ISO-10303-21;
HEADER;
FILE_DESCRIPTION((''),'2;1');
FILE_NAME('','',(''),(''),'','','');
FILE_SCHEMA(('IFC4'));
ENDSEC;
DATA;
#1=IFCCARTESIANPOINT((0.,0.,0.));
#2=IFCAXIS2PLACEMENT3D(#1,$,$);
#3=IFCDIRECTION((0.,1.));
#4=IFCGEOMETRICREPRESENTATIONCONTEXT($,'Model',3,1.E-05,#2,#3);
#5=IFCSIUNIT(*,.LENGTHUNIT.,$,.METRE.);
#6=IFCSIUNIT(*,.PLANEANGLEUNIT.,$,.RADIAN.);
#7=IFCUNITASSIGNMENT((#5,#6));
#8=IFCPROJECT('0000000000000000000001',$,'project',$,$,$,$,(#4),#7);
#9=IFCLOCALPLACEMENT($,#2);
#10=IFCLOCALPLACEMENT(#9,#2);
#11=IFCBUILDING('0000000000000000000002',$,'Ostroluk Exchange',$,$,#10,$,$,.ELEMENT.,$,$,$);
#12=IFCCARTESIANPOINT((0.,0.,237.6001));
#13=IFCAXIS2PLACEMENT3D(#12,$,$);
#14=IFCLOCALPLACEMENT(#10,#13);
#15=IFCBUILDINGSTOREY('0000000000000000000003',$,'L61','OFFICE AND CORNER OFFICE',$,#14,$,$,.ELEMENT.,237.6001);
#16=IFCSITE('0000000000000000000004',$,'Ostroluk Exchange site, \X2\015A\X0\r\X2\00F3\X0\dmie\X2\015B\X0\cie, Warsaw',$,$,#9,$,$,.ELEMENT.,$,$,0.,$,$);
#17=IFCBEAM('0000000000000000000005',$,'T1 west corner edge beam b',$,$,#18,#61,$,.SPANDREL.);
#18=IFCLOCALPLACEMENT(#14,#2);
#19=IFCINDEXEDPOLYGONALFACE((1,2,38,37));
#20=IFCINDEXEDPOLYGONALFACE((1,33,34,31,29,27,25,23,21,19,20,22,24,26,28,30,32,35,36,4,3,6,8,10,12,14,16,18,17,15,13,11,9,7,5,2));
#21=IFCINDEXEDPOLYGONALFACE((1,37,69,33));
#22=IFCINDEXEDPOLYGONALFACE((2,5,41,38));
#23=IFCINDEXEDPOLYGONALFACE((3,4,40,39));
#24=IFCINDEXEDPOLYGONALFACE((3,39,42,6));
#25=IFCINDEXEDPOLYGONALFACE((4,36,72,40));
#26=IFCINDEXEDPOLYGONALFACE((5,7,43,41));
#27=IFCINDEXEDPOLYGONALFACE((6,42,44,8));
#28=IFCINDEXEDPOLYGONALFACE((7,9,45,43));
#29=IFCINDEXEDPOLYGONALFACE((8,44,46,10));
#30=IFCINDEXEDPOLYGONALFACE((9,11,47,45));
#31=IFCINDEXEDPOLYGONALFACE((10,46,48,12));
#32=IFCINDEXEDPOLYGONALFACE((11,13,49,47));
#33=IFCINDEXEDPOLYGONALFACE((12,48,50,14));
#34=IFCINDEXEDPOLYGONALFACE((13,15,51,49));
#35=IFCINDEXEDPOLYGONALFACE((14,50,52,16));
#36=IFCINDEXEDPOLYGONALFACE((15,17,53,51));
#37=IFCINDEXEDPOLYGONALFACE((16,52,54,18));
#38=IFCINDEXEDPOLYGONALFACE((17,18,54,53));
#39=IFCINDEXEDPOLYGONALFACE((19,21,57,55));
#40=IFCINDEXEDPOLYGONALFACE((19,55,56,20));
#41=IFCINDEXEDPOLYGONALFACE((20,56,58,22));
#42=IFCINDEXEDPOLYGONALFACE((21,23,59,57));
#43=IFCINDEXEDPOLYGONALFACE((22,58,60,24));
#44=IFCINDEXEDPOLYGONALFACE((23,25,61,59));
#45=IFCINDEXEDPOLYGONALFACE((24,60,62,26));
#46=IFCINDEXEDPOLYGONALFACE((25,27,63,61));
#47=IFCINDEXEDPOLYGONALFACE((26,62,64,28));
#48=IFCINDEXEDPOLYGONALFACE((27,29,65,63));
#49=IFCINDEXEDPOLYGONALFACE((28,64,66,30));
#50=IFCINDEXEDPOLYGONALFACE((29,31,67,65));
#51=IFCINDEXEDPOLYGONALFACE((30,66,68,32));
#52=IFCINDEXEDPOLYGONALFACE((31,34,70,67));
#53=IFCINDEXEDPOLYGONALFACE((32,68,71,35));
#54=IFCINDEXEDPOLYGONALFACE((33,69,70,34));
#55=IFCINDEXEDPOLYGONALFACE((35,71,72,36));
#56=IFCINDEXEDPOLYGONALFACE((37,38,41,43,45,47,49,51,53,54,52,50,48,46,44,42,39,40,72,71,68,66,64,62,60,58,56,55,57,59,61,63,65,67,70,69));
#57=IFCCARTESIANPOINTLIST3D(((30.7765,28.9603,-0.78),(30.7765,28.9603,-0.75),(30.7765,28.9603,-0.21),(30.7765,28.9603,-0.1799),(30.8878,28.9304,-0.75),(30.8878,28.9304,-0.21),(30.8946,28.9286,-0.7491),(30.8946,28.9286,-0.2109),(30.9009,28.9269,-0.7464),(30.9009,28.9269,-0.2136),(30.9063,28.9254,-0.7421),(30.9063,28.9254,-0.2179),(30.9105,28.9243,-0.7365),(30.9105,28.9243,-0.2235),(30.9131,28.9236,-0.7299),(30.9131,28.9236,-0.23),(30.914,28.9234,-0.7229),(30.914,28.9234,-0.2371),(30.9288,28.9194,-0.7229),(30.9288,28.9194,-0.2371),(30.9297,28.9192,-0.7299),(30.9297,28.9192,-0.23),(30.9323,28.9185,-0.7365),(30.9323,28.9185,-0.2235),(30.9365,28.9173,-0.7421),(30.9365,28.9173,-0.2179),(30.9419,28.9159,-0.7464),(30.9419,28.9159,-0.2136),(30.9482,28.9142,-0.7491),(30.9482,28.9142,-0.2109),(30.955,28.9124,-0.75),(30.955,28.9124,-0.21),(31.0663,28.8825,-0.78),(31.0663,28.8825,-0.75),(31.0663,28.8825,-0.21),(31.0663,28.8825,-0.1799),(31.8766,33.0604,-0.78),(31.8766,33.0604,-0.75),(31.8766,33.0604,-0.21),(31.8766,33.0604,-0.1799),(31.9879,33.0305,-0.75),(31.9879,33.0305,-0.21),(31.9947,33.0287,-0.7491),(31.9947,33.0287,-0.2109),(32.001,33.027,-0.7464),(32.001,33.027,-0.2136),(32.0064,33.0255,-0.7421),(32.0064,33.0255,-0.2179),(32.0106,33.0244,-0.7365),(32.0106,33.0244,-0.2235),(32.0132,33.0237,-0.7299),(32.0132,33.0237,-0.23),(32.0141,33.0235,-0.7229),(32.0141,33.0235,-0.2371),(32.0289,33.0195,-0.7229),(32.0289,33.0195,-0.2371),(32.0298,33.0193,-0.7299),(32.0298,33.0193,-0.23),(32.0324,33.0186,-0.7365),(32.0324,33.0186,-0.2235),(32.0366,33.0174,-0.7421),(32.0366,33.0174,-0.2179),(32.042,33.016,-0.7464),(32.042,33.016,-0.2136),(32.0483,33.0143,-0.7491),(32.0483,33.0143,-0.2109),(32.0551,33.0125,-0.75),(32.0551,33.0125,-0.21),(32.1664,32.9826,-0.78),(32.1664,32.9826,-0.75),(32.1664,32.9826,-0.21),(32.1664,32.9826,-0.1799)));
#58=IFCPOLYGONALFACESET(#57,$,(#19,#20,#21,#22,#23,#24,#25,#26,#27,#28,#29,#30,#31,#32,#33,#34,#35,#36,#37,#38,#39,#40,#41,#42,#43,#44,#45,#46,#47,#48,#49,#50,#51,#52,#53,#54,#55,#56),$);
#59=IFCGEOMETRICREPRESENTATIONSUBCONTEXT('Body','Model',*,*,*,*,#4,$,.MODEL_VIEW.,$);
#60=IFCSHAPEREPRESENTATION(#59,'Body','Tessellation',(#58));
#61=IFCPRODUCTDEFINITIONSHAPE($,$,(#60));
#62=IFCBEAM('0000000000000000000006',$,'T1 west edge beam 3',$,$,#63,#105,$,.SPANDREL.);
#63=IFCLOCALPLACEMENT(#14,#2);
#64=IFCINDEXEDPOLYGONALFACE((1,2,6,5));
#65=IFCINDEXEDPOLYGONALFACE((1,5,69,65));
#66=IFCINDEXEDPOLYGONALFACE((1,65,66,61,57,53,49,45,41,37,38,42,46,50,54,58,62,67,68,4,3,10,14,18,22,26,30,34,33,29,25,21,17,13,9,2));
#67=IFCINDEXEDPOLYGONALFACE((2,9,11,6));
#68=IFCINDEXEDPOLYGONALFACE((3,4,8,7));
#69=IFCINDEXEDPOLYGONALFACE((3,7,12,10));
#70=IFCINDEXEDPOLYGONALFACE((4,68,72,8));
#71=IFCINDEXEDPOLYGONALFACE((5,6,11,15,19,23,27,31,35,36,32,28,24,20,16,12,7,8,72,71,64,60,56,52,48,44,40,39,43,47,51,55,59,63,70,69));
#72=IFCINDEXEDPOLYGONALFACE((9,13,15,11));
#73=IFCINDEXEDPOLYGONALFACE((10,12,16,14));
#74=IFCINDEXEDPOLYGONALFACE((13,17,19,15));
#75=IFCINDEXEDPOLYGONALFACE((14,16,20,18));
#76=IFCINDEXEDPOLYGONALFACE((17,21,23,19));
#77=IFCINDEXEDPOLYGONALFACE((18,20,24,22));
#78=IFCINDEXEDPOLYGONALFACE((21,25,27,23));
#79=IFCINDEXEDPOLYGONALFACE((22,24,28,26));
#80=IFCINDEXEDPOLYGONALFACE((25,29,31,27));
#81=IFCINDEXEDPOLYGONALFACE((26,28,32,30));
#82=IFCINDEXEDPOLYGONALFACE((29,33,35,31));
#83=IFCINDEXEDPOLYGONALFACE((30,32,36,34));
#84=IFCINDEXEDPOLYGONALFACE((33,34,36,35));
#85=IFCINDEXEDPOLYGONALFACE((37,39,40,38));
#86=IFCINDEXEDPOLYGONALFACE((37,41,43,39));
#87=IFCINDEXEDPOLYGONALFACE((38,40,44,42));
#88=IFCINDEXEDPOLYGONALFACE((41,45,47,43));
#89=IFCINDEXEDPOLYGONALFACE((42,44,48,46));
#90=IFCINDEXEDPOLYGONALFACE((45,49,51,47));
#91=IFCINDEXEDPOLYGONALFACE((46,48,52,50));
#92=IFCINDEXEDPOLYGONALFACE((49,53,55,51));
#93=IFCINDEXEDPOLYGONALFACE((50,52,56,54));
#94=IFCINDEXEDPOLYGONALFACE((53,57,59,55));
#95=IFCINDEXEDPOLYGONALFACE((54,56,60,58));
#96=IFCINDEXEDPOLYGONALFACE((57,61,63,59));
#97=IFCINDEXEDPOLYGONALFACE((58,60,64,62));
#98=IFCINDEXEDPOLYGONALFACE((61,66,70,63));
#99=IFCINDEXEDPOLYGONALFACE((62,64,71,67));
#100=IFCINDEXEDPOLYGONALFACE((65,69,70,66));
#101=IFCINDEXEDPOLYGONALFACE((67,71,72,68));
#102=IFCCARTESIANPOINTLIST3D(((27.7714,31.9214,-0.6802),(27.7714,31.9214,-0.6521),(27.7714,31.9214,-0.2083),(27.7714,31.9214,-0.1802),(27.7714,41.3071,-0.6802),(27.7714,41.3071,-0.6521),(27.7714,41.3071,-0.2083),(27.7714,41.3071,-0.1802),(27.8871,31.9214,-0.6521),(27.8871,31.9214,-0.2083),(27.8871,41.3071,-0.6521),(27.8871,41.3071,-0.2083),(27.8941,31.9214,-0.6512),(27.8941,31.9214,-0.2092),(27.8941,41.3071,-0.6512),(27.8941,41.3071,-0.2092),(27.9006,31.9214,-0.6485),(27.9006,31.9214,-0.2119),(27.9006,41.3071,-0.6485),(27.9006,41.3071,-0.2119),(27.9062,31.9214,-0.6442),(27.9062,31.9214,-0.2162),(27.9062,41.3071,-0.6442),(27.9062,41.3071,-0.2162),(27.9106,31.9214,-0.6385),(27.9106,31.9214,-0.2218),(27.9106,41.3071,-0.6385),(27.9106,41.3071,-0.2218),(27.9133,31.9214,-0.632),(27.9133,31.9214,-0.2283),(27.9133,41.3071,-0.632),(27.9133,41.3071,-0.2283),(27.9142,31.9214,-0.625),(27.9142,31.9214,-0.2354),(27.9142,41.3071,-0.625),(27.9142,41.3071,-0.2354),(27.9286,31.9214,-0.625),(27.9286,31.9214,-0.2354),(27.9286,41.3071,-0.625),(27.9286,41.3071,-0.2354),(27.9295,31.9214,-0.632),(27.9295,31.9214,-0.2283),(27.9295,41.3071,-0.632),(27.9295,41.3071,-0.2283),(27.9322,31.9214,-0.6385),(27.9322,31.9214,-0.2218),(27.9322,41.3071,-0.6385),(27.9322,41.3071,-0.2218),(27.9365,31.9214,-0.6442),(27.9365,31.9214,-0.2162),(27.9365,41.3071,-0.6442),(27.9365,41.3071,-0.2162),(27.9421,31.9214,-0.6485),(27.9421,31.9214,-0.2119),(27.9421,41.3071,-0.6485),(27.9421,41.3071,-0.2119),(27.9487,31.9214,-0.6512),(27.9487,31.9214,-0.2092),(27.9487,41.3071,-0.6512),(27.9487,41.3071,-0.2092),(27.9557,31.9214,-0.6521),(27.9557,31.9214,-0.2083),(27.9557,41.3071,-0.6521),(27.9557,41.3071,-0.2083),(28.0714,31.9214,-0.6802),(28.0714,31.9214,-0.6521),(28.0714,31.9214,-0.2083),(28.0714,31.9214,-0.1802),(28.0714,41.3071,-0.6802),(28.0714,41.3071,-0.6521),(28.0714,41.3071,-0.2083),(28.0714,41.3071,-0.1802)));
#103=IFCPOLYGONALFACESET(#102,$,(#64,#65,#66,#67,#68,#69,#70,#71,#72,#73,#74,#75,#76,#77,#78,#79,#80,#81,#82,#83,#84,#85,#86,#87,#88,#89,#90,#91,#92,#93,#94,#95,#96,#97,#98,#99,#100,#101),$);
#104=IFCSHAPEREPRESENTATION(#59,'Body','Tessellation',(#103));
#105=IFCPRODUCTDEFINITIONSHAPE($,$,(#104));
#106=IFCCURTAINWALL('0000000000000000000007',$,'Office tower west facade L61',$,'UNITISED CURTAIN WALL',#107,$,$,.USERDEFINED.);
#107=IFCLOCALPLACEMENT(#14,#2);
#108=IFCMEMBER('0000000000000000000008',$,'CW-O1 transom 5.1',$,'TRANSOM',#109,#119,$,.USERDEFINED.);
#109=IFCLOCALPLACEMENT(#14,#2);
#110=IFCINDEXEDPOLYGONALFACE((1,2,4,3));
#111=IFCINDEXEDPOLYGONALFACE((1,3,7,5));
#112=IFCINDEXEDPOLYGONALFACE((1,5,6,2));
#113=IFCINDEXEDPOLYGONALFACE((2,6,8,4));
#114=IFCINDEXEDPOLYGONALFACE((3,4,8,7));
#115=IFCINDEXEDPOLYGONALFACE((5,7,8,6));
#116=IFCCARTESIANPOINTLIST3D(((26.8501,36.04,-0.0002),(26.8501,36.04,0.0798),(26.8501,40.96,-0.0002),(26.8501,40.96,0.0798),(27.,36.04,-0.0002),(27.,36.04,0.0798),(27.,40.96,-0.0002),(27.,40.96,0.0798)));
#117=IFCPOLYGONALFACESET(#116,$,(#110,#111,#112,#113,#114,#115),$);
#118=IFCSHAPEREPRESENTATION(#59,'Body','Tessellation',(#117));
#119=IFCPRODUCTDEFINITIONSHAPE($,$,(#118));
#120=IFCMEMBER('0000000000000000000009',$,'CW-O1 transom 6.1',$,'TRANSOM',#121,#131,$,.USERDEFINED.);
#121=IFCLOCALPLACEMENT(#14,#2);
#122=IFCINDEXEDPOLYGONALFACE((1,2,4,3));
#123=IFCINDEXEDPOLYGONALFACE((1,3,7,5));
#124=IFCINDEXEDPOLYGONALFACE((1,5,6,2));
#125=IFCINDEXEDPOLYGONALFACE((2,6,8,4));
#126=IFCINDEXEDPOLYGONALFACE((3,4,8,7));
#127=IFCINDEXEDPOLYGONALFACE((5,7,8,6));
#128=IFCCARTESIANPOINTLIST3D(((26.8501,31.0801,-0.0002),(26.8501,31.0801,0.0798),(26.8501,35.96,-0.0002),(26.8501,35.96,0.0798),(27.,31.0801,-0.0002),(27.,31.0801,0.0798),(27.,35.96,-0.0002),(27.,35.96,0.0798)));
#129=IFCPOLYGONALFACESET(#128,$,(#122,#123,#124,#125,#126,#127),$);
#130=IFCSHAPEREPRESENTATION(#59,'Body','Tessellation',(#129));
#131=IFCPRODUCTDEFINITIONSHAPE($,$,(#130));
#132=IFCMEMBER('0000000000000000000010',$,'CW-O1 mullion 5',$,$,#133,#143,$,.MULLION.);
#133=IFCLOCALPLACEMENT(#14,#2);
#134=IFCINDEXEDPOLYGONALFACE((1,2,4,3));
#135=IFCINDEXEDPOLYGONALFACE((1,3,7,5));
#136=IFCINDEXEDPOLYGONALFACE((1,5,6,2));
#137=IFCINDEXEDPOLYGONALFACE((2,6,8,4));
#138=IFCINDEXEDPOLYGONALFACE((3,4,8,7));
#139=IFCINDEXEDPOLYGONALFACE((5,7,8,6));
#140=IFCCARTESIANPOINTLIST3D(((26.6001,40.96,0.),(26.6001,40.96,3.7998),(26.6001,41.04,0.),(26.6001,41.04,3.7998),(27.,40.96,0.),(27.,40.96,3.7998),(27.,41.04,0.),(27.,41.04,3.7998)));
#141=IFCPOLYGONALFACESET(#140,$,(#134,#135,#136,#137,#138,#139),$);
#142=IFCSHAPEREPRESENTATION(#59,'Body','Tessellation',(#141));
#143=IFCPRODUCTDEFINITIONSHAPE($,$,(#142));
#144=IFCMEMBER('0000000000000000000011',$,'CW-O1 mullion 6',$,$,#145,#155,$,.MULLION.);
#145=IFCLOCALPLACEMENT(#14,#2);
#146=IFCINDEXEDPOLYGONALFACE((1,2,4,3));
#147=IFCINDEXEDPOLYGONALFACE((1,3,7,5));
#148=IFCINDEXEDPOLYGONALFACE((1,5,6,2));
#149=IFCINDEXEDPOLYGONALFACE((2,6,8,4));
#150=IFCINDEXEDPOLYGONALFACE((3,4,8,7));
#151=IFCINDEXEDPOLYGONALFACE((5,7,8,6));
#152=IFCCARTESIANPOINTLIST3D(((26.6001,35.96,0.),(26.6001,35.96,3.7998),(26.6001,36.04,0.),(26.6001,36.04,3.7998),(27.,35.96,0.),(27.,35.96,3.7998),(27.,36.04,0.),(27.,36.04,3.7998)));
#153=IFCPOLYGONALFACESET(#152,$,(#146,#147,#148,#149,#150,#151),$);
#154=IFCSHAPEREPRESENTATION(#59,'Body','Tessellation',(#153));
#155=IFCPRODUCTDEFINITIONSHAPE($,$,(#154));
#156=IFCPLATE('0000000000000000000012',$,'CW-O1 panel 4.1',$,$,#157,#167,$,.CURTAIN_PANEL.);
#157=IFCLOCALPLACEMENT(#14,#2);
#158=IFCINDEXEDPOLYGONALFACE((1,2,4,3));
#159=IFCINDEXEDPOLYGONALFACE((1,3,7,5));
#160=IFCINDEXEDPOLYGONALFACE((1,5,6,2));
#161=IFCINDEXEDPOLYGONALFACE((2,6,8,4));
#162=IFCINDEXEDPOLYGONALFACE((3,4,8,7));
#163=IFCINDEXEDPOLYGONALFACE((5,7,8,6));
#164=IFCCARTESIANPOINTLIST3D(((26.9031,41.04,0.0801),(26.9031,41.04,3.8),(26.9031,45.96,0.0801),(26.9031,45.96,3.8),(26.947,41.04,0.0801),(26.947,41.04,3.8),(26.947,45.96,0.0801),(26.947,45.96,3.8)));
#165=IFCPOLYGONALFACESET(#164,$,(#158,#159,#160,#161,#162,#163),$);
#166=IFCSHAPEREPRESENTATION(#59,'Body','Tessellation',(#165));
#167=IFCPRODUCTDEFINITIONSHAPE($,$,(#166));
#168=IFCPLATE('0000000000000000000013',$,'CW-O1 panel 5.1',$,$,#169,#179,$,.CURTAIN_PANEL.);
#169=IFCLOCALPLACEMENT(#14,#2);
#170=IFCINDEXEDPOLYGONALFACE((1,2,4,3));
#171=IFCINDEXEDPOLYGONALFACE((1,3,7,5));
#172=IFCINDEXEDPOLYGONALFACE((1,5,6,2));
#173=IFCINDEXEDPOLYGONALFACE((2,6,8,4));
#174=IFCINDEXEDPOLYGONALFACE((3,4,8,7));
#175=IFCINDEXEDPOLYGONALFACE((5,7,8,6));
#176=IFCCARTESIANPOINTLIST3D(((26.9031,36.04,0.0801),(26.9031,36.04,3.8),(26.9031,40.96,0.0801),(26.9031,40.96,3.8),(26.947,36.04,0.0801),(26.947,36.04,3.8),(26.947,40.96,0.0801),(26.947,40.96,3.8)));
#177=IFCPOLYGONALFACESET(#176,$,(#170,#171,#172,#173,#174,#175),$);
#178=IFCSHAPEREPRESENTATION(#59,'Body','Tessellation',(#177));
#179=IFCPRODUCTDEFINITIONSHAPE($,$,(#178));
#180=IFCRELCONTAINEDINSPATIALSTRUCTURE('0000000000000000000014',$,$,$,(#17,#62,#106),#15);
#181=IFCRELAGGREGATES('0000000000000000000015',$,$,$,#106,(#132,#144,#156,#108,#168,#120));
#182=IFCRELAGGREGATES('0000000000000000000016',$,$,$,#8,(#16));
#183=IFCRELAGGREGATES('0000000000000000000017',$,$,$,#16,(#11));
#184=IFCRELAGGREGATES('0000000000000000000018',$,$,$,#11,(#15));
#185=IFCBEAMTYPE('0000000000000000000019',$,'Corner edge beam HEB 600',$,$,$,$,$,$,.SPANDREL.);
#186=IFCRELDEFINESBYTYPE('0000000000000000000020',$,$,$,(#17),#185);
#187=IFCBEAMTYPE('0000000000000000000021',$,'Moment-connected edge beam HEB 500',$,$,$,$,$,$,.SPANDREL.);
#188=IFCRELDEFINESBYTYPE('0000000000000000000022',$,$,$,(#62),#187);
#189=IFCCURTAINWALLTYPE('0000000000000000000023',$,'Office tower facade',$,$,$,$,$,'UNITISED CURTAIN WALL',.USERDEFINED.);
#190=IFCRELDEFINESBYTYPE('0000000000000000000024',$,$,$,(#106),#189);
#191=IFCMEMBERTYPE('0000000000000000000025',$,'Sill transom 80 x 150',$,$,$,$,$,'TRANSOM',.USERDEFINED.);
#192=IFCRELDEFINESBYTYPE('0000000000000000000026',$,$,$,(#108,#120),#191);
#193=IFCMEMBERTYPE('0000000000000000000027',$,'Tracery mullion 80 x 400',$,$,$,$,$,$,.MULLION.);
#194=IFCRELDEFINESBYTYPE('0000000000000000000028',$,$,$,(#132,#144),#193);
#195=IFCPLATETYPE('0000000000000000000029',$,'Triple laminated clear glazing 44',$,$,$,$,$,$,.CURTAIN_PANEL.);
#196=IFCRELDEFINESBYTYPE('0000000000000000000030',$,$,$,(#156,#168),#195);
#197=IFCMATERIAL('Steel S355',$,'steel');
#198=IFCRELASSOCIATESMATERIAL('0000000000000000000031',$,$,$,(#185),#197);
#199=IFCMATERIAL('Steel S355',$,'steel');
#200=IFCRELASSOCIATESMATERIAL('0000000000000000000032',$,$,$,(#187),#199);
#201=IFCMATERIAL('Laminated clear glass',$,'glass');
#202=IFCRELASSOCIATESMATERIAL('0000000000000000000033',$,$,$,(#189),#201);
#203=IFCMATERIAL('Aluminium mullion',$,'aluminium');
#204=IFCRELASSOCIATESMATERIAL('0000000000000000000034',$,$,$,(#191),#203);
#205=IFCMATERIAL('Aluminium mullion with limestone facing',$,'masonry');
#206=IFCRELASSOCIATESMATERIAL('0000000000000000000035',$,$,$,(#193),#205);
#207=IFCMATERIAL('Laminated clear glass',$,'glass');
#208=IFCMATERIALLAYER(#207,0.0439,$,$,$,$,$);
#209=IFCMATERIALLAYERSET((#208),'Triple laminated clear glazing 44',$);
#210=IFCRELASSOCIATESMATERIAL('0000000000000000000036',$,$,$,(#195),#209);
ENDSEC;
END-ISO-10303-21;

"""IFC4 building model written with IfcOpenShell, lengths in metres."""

from ifc_helpers import new_model, si_unit, direction, frame, origin, origin_2d, place, context, subcontext, project, spatial, rectangle, i_section, extrude, material, layer, layer_set, material_profile, profile_set, type_object, element, aggregate, save


model = new_model("IFC4")

# Units and contexts
model_context = context("Model", 3, precision=1e-05, world=origin(), true_north=direction((0.0, 1.0)))
body_context = subcontext(model_context, "Body", "Model", "MODEL_VIEW")
ifc_project = project(units=[si_unit("LENGTHUNIT", "METRE"), si_unit("PLANEANGLEUNIT", "RADIAN")], contexts=[model_context])

# Site, building, storey
site_placement = place(None, origin())
site = spatial("IfcSite", under=ifc_project, at=site_placement, Name="Ostroluk Exchange site, Śródmieście, Warsaw", CompositionType="ELEMENT", RefElevation=0.0)
building_placement = place(site_placement, origin())
building = spatial("IfcBuilding", under=site, at=building_placement, Name="Ostroluk Exchange", CompositionType="ELEMENT")
storey_placement = place(building_placement, frame((0.0, 0.0, 237.6001)))
storey = spatial("IfcBuildingStorey", under=building, at=storey_placement, Name="L61", Description="OFFICE AND CORNER OFFICE", CompositionType="ELEMENT", Elevation=237.6001)

# Beams
ifc_material_1 = material(Name="Steel S355", Category="steel")
ifc_material_profile_1 = material_profile(ifc_material_1, i_section(OverallWidth=0.3, OverallDepth=0.6001, WebThickness=0.0154, FlangeThickness=0.03, FilletRadius=0.0271, at=origin_2d()), Name="HEB 600")
ifc_profile_set_1 = profile_set([ifc_material_profile_1], Name="Steel S355")
beam_type_1 = type_object("IfcBeamType", Name="Corner edge beam HEB 600", PredefinedType="SPANDREL", material=ifc_profile_set_1)
for number, where, z_axis, x_axis, name in (
    (1, (32.0215, 33.0215, -0.48), (-0.259144, -0.965839, 0.0), (0.965839, -0.259144, 0.0), "T1 west corner edge beam b"),
):
    element("IfcBeam", number, at=place(storey_placement, frame(where, z_axis=z_axis, x_axis=x_axis)), inside=storey, type_object=beam_type_1, Name=name, PredefinedType="SPANDREL", context=body_context, shape_type="SweptSolid", body=[
        extrude(i_section(OverallWidth=0.3, OverallDepth=0.6001, WebThickness=0.0154, FlangeThickness=0.03, FilletRadius=0.0271, at=origin_2d()), origin(), (0.0, 0.0, 1.0), 4.2451),
    ])
ifc_material_2 = material(Name="Steel S355", Category="steel")
ifc_material_profile_2 = material_profile(ifc_material_2, i_section(OverallWidth=0.3, OverallDepth=0.5, WebThickness=0.0144, FlangeThickness=0.0281, FilletRadius=0.0271, at=origin_2d()), Name="HEB 500")
ifc_profile_set_2 = profile_set([ifc_material_profile_2], Name="Steel S355")
beam_type_2 = type_object("IfcBeamType", Name="Moment-connected edge beam HEB 500", PredefinedType="SPANDREL", material=ifc_profile_set_2)
beam_1_placement = place(storey_placement, frame((27.9214, 41.3071, -0.4302), z_axis=(0.0, -1.0, 0.0), x_axis=(1.0, 0.0, 0.0)))
element("IfcBeam", 2, at=beam_1_placement, inside=storey, type_object=beam_type_2, Name="T1 west edge beam 3", PredefinedType="SPANDREL", context=body_context, shape_type="SweptSolid", body=[
    extrude(i_section(OverallWidth=0.3, OverallDepth=0.5, WebThickness=0.0144, FlangeThickness=0.0281, FilletRadius=0.0271, at=origin_2d()), origin(), (0.0, 0.0, 1.0), 9.3857),
])

# Curtain wall, members, plates
ifc_material_3 = material(Name="Laminated clear glass", Category="glass")
curtain_wall_type = type_object("IfcCurtainWallType", Name="Office tower facade", ElementType="UNITISED CURTAIN WALL", PredefinedType="USERDEFINED", material=ifc_material_3)
curtain_wall_placement = place(storey_placement, origin())
curtain_wall = element("IfcCurtainWall", 3, at=curtain_wall_placement, inside=storey, type_object=curtain_wall_type, Name="Office tower west facade L61", ObjectType="UNITISED CURTAIN WALL", PredefinedType="USERDEFINED")
ifc_material_4 = material(Name="Aluminium mullion", Category="aluminium")
ifc_material_profile_3 = material_profile(ifc_material_4, rectangle(XDim=0.1499, YDim=0.0801, at=origin_2d()), Name="Sill transom 80 x 150")
ifc_profile_set_3 = profile_set([ifc_material_profile_3], Name="Aluminium mullion")
member_type_1 = type_object("IfcMemberType", Name="Sill transom 80 x 150", ElementType="TRANSOM", PredefinedType="USERDEFINED", material=ifc_profile_set_3)
member_1_placement = place(storey_placement, frame((26.925, 40.96, 0.0398), z_axis=(0.0, -1.0, 0.0), x_axis=(1.0, 0.0, 0.0)))
member_1 = element("IfcMember", 4, at=member_1_placement, type_object=member_type_1, Name="CW-O1 transom 5.1", ObjectType="TRANSOM", PredefinedType="USERDEFINED", context=body_context, shape_type="SweptSolid", body=[
    extrude(rectangle(XDim=0.1499, YDim=0.0801, at=origin_2d()), origin(), (0.0, 0.0, 1.0), 4.9199),
])
member_2_placement = place(storey_placement, frame((26.925, 35.96, 0.0398), z_axis=(0.0, -1.0, 0.0), x_axis=(1.0, 0.0, 0.0)))
member_2 = element("IfcMember", 5, at=member_2_placement, type_object=member_type_1, Name="CW-O1 transom 6.1", ObjectType="TRANSOM", PredefinedType="USERDEFINED", context=body_context, shape_type="SweptSolid", body=[
    extrude(rectangle(XDim=0.1499, YDim=0.0801, at=origin_2d()), origin(), (0.0, 0.0, 1.0), 4.8799),
])
ifc_material_5 = material(Name="Aluminium mullion with limestone facing", Category="masonry")
ifc_material_profile_4 = material_profile(ifc_material_5, rectangle(XDim=0.3999, YDim=0.0801, at=origin_2d()), Name="Tracery mullion 80 x 400")
ifc_profile_set_4 = profile_set([ifc_material_profile_4], Name="Aluminium mullion with limestone facing")
member_type_2 = type_object("IfcMemberType", Name="Tracery mullion 80 x 400", PredefinedType="MULLION", material=ifc_profile_set_4)
member_3_placement = place(storey_placement, frame((26.8, 41.0, 0.0), z_axis=(0.0, 0.0, 1.0), x_axis=(1.0, 0.0, 0.0)))
member_3 = element("IfcMember", 6, at=member_3_placement, type_object=member_type_2, Name="CW-O1 mullion 5", PredefinedType="MULLION", context=body_context, shape_type="SweptSolid", body=[
    extrude(rectangle(XDim=0.3999, YDim=0.0801, at=origin_2d()), origin(), (0.0, 0.0, 1.0), 3.7998),
])
member_4_placement = place(storey_placement, frame((26.8, 36.0, 0.0), z_axis=(0.0, 0.0, 1.0), x_axis=(1.0, 0.0, 0.0)))
member_4 = element("IfcMember", 7, at=member_4_placement, type_object=member_type_2, Name="CW-O1 mullion 6", PredefinedType="MULLION", context=body_context, shape_type="SweptSolid", body=[
    extrude(rectangle(XDim=0.3999, YDim=0.0801, at=origin_2d()), origin(), (0.0, 0.0, 1.0), 3.7998),
])
ifc_material_6 = material(Name="Laminated clear glass", Category="glass")
ifc_layer_1 = layer(ifc_material_6, 0.0439)
ifc_layer_set_1 = layer_set([ifc_layer_1], Name="Triple laminated clear glazing 44")
plate_type = type_object("IfcPlateType", Name="Triple laminated clear glazing 44", PredefinedType="CURTAIN_PANEL", material=ifc_layer_set_1)
plate_1_placement = place(storey_placement, frame((26.925, 43.5, 0.0801), z_axis=(0.0, 0.0, 1.0), x_axis=(0.0, -1.0, 0.0)))
plate_1 = element("IfcPlate", 8, at=plate_1_placement, type_object=plate_type, Name="CW-O1 panel 4.1", PredefinedType="CURTAIN_PANEL", context=body_context, shape_type="SweptSolid", body=[
    extrude(rectangle(XDim=4.9199, YDim=0.0439, at=origin_2d()), origin(), (0.0, 0.0, 1.0), 3.72),
])
plate_2_placement = place(storey_placement, frame((26.925, 38.5, 0.0801), z_axis=(0.0, 0.0, 1.0), x_axis=(0.0, -1.0, 0.0)))
plate_2 = element("IfcPlate", 9, at=plate_2_placement, type_object=plate_type, Name="CW-O1 panel 5.1", PredefinedType="CURTAIN_PANEL", context=body_context, shape_type="SweptSolid", body=[
    extrude(rectangle(XDim=4.9199, YDim=0.0439, at=origin_2d()), origin(), (0.0, 0.0, 1.0), 3.72),
])
aggregate(curtain_wall, [member_3, member_4, plate_1, member_1, plate_2, member_2])

save(model, "model.ifc")
